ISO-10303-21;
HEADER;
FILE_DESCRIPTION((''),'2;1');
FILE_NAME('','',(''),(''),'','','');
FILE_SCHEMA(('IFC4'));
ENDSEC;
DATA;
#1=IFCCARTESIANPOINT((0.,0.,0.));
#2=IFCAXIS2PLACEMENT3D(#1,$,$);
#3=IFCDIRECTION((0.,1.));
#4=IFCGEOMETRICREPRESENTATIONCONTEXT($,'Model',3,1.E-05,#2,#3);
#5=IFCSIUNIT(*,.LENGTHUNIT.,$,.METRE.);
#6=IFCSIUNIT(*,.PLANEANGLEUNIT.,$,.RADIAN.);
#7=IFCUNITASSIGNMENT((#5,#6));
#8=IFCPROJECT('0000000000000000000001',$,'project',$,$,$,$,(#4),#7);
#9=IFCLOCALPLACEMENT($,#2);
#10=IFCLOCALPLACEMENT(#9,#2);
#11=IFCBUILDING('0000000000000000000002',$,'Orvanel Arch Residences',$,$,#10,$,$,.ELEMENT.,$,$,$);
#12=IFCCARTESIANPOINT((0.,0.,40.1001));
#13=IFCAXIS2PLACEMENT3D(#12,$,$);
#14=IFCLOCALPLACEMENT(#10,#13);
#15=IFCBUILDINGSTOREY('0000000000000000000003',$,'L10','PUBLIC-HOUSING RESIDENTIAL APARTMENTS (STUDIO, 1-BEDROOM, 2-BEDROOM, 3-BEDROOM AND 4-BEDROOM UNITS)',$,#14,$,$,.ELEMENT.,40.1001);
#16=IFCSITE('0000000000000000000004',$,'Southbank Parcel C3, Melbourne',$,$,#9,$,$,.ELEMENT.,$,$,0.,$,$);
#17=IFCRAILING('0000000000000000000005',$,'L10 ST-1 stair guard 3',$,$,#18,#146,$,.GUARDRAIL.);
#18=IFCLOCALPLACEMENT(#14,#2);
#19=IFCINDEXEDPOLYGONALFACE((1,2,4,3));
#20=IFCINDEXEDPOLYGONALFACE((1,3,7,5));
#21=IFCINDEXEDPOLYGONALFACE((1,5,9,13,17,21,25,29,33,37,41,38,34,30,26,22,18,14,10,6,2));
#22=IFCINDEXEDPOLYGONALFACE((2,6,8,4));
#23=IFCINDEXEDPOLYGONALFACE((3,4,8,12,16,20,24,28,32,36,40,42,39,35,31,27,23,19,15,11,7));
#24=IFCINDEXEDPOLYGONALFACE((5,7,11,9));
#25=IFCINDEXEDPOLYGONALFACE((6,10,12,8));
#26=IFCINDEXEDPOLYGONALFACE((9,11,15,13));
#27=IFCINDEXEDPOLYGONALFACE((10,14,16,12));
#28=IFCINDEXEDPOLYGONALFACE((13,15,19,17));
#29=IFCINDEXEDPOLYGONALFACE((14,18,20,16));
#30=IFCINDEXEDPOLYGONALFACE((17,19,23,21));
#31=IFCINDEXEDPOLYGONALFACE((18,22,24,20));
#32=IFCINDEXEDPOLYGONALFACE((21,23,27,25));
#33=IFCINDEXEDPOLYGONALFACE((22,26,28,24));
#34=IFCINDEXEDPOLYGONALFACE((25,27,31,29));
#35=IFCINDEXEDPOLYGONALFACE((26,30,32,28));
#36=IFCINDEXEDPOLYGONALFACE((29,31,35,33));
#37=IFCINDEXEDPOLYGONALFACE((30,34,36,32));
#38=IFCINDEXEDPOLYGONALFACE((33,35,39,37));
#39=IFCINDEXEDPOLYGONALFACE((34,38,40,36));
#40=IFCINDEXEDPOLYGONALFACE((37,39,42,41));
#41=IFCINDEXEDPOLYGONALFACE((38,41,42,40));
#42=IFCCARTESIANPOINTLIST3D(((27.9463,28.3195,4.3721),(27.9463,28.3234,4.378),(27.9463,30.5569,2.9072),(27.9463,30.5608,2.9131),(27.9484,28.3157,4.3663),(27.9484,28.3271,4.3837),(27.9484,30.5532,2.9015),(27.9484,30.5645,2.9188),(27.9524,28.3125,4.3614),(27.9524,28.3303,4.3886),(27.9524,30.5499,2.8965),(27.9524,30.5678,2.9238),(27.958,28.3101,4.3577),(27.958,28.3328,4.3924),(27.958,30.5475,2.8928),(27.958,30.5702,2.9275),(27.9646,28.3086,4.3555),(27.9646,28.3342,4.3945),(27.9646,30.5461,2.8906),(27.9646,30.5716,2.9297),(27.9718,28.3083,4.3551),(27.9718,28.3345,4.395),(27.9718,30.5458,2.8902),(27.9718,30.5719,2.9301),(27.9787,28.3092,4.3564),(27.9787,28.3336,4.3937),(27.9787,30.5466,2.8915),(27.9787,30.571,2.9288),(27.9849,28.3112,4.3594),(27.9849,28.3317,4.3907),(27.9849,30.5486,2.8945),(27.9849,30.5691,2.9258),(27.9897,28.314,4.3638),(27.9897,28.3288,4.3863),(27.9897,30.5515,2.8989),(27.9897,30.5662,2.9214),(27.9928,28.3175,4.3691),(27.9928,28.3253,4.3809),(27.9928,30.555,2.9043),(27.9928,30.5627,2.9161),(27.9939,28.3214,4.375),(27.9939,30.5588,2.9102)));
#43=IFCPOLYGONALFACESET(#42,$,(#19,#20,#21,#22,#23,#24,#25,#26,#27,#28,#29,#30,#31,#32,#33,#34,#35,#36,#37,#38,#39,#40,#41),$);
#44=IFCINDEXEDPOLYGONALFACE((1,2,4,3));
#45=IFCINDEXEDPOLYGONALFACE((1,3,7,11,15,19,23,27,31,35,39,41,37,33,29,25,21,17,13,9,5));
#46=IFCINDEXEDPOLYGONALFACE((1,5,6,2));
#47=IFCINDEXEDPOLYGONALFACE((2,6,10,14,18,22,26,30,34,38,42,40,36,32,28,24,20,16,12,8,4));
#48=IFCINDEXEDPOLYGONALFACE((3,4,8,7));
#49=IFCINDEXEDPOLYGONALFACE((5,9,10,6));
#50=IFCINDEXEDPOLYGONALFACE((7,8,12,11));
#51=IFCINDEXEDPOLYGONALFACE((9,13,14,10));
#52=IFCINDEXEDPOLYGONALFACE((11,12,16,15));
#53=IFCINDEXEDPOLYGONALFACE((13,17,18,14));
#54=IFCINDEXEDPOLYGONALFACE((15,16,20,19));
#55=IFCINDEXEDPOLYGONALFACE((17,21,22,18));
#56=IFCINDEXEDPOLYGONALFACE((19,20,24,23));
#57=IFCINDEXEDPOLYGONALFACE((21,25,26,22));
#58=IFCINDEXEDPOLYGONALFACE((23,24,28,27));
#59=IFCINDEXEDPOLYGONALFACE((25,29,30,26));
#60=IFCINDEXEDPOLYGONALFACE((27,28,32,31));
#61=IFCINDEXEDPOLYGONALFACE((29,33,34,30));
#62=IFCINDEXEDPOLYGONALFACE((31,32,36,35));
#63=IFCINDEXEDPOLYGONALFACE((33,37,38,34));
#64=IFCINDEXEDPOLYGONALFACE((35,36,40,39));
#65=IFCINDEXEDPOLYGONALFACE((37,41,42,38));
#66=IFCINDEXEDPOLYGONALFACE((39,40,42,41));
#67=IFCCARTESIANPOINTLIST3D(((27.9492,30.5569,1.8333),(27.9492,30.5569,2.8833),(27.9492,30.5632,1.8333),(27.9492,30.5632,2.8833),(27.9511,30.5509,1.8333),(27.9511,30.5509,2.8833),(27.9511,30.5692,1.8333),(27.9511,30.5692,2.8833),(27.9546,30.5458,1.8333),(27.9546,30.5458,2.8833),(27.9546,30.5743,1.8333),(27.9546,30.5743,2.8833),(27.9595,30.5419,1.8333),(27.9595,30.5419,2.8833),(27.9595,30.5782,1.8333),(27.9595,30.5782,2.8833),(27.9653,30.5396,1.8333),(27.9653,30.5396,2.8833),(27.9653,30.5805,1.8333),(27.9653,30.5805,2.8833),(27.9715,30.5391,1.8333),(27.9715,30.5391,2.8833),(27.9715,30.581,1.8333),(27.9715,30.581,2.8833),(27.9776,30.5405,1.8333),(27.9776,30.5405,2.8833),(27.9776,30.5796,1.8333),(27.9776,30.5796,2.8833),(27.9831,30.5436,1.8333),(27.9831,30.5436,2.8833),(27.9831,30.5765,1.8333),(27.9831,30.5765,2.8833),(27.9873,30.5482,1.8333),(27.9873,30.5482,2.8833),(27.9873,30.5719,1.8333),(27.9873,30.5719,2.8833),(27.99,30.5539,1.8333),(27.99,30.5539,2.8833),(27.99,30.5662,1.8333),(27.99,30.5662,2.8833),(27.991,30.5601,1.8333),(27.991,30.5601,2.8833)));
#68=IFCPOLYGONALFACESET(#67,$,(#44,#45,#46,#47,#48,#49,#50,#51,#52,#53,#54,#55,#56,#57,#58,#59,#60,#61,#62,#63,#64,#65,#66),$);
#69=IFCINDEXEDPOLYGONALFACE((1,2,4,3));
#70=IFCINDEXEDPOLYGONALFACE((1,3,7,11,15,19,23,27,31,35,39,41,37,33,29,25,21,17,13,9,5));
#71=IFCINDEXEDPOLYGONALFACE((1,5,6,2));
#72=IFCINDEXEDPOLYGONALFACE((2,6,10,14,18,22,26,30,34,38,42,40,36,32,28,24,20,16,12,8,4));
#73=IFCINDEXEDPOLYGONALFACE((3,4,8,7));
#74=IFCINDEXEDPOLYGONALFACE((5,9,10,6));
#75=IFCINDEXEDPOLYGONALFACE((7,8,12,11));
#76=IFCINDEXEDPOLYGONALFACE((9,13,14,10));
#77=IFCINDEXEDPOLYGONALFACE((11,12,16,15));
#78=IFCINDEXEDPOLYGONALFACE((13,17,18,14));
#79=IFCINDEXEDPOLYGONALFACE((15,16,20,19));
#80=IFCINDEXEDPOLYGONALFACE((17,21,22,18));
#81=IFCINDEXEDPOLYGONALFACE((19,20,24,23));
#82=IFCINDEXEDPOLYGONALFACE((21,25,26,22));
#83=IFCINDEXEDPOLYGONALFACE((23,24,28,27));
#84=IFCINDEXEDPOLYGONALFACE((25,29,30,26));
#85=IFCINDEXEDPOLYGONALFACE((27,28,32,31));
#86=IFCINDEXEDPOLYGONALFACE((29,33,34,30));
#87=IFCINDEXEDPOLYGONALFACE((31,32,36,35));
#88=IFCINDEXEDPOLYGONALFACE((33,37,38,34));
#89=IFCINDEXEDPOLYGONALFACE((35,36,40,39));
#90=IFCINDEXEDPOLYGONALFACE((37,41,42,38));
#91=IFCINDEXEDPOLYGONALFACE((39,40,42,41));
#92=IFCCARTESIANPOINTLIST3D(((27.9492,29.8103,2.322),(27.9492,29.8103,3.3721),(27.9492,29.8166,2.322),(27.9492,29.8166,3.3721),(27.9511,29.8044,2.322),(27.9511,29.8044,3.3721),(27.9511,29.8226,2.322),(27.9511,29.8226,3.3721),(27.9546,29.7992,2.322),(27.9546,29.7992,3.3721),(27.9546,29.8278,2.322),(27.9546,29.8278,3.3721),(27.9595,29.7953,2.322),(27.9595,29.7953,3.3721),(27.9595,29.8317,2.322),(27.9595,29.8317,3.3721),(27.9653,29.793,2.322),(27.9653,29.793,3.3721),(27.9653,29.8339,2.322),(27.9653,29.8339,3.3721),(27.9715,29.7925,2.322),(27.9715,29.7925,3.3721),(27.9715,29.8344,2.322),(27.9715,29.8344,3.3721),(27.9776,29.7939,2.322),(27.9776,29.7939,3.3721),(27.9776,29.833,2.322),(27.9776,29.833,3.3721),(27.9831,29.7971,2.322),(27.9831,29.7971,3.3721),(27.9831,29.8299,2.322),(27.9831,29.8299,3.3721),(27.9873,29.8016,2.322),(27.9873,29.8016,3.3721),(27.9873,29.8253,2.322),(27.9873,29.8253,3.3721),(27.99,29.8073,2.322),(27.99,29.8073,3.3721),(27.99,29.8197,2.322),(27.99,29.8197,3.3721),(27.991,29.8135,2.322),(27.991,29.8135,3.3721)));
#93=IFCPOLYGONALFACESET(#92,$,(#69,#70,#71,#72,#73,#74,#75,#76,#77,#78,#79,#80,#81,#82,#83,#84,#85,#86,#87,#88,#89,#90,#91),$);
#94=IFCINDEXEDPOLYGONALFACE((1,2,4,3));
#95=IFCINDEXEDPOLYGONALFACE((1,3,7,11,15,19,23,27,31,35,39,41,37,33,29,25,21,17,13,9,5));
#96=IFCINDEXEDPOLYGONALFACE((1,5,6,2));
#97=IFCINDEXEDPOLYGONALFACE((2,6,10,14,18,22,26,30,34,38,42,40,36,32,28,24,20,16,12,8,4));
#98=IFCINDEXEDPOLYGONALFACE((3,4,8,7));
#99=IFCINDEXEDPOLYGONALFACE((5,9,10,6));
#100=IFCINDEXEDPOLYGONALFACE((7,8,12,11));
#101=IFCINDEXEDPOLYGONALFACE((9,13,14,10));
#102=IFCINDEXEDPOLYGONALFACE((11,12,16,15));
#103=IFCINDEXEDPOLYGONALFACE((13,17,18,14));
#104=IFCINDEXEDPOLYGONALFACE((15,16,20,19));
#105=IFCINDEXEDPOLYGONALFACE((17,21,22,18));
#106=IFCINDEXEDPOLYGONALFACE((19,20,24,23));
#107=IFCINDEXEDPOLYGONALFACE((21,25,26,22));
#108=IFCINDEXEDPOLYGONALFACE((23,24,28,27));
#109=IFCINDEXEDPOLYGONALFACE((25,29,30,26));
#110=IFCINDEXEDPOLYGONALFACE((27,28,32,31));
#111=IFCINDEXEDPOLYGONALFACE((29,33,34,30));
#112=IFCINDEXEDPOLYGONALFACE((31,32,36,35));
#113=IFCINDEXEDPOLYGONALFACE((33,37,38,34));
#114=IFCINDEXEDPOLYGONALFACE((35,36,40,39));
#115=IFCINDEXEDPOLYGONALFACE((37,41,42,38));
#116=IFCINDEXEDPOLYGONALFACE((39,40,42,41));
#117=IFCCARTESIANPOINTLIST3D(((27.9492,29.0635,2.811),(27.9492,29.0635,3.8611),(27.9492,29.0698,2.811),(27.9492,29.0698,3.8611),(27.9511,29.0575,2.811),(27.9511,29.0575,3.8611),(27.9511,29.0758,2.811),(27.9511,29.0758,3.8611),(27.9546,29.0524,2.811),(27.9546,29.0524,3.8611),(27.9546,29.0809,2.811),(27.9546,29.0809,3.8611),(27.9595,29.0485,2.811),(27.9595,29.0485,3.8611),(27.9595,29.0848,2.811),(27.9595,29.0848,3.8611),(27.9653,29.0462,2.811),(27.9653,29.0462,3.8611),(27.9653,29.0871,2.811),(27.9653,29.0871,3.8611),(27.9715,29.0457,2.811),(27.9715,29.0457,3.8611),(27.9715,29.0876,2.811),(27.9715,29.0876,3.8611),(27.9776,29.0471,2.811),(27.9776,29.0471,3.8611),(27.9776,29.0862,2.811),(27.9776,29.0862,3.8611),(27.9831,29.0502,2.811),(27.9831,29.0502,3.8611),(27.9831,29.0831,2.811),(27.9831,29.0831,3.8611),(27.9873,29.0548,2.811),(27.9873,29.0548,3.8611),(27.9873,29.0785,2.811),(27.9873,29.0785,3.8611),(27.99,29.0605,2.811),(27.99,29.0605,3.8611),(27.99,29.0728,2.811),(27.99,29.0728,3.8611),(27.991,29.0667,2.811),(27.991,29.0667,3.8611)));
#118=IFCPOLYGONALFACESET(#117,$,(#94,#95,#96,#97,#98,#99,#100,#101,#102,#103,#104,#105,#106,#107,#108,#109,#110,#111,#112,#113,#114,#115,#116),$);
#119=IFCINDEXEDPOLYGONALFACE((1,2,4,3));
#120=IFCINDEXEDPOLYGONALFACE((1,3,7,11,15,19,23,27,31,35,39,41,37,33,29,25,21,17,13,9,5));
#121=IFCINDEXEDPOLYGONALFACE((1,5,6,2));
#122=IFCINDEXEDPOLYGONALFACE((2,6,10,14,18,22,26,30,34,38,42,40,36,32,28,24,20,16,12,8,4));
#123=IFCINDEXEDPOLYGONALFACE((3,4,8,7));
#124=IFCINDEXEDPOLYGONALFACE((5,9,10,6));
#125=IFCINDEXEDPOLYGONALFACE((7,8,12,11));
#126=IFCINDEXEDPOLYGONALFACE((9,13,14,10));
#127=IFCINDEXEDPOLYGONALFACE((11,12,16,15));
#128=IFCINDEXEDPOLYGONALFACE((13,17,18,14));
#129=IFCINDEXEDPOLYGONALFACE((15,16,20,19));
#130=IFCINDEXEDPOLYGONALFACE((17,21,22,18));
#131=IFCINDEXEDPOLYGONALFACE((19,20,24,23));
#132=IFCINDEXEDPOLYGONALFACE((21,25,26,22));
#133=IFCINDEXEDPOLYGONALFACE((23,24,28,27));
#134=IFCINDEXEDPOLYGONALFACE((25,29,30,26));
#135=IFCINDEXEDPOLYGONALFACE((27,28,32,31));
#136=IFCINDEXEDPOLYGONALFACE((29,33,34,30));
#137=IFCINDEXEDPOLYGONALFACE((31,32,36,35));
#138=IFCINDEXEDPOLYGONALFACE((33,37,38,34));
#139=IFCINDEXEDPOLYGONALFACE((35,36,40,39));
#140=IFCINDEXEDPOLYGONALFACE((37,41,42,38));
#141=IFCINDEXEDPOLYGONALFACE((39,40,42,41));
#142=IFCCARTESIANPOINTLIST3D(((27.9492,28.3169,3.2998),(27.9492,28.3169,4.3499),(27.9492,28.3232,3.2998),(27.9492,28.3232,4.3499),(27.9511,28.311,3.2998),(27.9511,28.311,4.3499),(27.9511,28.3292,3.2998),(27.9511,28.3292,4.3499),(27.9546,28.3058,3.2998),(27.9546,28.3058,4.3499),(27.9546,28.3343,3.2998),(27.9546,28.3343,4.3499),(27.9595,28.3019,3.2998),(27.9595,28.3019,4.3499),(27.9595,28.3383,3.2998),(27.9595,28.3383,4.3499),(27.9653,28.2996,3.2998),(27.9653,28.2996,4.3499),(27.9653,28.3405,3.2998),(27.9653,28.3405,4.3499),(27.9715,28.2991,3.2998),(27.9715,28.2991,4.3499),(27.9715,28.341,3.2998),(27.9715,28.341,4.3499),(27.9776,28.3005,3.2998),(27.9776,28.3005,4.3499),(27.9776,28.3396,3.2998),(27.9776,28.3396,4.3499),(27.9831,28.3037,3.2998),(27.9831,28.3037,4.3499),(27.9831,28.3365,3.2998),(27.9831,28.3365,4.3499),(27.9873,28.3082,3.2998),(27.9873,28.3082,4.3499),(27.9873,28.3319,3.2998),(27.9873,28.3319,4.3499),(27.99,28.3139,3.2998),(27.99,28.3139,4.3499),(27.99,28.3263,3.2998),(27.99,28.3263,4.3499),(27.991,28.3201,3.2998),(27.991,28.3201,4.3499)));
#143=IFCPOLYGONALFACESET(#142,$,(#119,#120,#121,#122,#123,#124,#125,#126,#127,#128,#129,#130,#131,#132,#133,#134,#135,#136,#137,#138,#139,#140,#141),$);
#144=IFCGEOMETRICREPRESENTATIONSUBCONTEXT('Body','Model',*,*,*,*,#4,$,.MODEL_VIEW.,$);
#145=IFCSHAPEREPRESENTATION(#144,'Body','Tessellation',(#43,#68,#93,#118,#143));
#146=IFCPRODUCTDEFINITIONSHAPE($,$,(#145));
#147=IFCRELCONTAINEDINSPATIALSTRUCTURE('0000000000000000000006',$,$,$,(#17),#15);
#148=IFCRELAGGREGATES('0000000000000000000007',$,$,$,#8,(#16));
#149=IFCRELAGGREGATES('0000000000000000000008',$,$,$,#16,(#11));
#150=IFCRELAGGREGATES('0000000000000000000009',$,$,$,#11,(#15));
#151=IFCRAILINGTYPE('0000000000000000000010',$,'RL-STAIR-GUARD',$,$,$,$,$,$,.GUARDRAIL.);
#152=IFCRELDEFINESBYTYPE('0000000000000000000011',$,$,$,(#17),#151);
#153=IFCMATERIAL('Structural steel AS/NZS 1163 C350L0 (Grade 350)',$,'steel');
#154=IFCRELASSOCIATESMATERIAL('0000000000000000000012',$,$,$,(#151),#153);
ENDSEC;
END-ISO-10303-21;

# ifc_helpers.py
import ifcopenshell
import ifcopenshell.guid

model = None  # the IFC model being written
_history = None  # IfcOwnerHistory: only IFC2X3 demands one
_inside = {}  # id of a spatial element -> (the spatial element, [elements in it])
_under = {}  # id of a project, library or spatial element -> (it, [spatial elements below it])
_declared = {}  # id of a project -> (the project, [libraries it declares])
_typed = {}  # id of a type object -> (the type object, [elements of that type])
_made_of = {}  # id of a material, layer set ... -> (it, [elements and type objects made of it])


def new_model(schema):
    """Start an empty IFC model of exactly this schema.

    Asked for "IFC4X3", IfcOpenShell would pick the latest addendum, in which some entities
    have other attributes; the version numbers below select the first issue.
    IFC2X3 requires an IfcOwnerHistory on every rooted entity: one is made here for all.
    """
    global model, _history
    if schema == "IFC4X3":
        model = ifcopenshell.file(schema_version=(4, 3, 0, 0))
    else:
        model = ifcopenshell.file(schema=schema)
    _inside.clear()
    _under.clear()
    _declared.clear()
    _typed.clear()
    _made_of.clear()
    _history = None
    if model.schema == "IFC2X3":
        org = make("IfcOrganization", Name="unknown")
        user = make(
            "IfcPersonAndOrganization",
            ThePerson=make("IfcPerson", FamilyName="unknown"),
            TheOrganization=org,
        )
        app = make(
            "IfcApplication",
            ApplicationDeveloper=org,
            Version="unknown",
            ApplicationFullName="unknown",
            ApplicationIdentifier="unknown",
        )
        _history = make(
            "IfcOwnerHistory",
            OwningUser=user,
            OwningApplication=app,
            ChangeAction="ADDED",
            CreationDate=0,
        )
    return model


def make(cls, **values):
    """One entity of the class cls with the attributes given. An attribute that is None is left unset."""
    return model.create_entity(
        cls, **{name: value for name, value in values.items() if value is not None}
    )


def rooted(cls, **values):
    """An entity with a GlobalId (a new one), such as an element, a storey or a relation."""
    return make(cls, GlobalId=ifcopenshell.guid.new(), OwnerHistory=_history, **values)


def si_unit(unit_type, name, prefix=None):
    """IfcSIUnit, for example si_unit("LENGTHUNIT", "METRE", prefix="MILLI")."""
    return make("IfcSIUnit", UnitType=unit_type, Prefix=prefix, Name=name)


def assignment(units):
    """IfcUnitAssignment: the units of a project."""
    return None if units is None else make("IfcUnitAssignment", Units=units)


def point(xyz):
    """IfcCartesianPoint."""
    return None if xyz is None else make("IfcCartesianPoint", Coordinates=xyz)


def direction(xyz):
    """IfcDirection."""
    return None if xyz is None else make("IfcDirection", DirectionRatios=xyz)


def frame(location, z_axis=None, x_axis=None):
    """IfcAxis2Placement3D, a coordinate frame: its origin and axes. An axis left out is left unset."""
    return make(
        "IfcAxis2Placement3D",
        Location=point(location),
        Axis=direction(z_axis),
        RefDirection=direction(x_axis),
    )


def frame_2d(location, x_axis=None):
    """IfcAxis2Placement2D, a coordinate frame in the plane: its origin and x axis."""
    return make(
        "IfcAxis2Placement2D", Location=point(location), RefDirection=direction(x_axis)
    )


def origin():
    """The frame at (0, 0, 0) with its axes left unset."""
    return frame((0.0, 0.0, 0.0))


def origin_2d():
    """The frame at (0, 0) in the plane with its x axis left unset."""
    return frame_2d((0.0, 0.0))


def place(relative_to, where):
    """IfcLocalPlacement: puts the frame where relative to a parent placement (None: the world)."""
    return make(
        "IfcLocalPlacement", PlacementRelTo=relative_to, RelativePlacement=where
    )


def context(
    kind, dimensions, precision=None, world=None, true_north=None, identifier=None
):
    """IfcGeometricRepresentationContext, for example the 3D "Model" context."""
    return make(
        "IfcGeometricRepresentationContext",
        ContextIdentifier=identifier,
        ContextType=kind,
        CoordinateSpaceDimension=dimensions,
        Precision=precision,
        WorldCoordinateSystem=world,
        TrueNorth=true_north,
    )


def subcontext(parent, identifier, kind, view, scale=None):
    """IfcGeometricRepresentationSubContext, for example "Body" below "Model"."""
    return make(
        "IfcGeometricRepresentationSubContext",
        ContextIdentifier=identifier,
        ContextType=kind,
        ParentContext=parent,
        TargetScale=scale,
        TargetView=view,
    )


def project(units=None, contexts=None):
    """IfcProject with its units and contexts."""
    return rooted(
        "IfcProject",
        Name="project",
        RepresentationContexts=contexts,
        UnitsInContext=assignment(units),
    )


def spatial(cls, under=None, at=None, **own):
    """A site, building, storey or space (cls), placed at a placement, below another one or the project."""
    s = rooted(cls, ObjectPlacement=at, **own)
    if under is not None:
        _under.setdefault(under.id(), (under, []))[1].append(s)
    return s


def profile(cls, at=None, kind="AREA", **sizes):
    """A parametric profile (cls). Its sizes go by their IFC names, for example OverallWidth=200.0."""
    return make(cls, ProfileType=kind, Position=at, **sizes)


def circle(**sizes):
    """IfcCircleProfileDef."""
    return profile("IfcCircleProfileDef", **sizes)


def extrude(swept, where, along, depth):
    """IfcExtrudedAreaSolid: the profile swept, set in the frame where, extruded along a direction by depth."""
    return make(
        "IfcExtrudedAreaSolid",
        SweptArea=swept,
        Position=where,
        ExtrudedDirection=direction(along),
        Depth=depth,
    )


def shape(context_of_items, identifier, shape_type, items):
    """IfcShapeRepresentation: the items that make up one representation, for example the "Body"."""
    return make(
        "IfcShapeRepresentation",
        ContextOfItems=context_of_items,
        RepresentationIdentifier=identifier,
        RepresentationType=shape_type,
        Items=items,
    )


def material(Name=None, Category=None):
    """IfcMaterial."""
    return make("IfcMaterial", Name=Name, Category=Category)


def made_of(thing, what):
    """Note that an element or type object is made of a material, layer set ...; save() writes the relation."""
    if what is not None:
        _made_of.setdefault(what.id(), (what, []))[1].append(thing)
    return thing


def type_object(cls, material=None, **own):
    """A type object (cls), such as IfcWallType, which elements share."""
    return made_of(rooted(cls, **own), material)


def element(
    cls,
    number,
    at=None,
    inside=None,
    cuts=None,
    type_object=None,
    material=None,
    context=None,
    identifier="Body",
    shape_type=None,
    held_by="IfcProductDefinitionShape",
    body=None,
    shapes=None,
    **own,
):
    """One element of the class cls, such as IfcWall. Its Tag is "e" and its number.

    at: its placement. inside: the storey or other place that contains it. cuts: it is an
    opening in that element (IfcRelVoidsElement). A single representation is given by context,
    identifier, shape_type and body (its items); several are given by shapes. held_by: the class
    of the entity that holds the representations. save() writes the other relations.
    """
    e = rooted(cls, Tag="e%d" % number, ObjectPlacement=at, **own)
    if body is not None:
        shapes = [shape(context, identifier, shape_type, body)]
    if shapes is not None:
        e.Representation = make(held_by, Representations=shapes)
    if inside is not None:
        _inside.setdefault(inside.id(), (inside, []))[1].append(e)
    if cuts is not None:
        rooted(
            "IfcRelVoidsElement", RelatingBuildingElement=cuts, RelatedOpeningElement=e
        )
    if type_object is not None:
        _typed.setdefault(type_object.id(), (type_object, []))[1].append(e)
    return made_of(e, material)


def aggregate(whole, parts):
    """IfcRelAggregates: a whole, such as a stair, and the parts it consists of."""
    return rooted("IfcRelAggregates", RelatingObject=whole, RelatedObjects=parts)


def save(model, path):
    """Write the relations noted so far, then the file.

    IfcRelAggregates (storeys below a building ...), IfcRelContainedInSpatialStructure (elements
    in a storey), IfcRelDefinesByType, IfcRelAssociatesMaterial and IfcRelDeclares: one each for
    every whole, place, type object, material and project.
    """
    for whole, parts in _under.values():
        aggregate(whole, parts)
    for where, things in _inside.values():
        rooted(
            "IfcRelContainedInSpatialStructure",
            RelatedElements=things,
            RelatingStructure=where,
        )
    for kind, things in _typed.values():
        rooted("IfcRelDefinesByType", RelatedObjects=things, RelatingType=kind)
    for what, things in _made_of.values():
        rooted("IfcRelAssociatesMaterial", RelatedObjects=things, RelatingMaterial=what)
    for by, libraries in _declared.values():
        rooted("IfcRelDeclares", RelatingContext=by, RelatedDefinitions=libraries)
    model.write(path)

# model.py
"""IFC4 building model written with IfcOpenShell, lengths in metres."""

from ifc_helpers import new_model, si_unit, direction, frame, origin, origin_2d, place, context, subcontext, project, spatial, circle, extrude, material, type_object, element, save


model = new_model("IFC4")

# Units and contexts
model_context = context("Model", 3, precision=1e-05, world=origin(), true_north=direction((0.0, 1.0)))
body_context = subcontext(model_context, "Body", "Model", "MODEL_VIEW")
ifc_project = project(units=[si_unit("LENGTHUNIT", "METRE"), si_unit("PLANEANGLEUNIT", "RADIAN")], contexts=[model_context])

# Site, building, storey
site_placement = place(None, origin())
site = spatial("IfcSite", under=ifc_project, at=site_placement, Name="Southbank Parcel C3, Melbourne", CompositionType="ELEMENT", RefElevation=0.0)
building_placement = place(site_placement, origin())
building = spatial("IfcBuilding", under=site, at=building_placement, Name="Orvanel Arch Residences", CompositionType="ELEMENT")
storey_placement = place(building_placement, frame((0.0, 0.0, 40.1001)))
storey = spatial("IfcBuildingStorey", under=building, at=storey_placement, Name="L10", Description="PUBLIC-HOUSING RESIDENTIAL APARTMENTS (STUDIO, 1-BEDROOM, 2-BEDROOM, 3-BEDROOM AND 4-BEDROOM UNITS)", CompositionType="ELEMENT", Elevation=40.1001)

# Railing
ifc_material_1 = material(Name="Structural steel AS/NZS 1163 C350L0 (Grade 350)", Category="steel")
railing_type_1 = type_object("IfcRailingType", Name="RL-STAIR-GUARD", PredefinedType="GUARDRAIL", material=ifc_material_1)
railing_1_placement = place(storey_placement, frame((27.97, 30.5601, 1.8333)))
element("IfcRailing", 1, at=railing_1_placement, inside=storey, type_object=railing_type_1, Name="L10 ST-1 stair guard 3", PredefinedType="GUARDRAIL", context=body_context, shape_type="SweptSolid", body=[
    extrude(circle(Radius=0.0239, at=origin_2d()), frame((0.0, -0.0012, 1.0769), z_axis=(0.0, -0.836637, 0.547758), x_axis=(1.0, 0.0, 0.0)), (0.0, 0.0, 1.0), 2.6743),
    extrude(circle(Radius=0.021, at=origin_2d()), origin(), (0.0, 0.0, 1.0), 1.05),
    extrude(circle(Radius=0.021, at=origin_2d()), frame((0.0, -0.7466, 0.4888)), (0.0, 0.0, 1.0), 1.05),
    extrude(circle(Radius=0.021, at=origin_2d()), frame((0.0, -1.4934, 0.9778)), (0.0, 0.0, 1.0), 1.05),
    extrude(circle(Radius=0.021, at=origin_2d()), frame((0.0, -2.24, 1.4666)), (0.0, 0.0, 1.0), 1.05),
])

save(model, "model.ifc")
